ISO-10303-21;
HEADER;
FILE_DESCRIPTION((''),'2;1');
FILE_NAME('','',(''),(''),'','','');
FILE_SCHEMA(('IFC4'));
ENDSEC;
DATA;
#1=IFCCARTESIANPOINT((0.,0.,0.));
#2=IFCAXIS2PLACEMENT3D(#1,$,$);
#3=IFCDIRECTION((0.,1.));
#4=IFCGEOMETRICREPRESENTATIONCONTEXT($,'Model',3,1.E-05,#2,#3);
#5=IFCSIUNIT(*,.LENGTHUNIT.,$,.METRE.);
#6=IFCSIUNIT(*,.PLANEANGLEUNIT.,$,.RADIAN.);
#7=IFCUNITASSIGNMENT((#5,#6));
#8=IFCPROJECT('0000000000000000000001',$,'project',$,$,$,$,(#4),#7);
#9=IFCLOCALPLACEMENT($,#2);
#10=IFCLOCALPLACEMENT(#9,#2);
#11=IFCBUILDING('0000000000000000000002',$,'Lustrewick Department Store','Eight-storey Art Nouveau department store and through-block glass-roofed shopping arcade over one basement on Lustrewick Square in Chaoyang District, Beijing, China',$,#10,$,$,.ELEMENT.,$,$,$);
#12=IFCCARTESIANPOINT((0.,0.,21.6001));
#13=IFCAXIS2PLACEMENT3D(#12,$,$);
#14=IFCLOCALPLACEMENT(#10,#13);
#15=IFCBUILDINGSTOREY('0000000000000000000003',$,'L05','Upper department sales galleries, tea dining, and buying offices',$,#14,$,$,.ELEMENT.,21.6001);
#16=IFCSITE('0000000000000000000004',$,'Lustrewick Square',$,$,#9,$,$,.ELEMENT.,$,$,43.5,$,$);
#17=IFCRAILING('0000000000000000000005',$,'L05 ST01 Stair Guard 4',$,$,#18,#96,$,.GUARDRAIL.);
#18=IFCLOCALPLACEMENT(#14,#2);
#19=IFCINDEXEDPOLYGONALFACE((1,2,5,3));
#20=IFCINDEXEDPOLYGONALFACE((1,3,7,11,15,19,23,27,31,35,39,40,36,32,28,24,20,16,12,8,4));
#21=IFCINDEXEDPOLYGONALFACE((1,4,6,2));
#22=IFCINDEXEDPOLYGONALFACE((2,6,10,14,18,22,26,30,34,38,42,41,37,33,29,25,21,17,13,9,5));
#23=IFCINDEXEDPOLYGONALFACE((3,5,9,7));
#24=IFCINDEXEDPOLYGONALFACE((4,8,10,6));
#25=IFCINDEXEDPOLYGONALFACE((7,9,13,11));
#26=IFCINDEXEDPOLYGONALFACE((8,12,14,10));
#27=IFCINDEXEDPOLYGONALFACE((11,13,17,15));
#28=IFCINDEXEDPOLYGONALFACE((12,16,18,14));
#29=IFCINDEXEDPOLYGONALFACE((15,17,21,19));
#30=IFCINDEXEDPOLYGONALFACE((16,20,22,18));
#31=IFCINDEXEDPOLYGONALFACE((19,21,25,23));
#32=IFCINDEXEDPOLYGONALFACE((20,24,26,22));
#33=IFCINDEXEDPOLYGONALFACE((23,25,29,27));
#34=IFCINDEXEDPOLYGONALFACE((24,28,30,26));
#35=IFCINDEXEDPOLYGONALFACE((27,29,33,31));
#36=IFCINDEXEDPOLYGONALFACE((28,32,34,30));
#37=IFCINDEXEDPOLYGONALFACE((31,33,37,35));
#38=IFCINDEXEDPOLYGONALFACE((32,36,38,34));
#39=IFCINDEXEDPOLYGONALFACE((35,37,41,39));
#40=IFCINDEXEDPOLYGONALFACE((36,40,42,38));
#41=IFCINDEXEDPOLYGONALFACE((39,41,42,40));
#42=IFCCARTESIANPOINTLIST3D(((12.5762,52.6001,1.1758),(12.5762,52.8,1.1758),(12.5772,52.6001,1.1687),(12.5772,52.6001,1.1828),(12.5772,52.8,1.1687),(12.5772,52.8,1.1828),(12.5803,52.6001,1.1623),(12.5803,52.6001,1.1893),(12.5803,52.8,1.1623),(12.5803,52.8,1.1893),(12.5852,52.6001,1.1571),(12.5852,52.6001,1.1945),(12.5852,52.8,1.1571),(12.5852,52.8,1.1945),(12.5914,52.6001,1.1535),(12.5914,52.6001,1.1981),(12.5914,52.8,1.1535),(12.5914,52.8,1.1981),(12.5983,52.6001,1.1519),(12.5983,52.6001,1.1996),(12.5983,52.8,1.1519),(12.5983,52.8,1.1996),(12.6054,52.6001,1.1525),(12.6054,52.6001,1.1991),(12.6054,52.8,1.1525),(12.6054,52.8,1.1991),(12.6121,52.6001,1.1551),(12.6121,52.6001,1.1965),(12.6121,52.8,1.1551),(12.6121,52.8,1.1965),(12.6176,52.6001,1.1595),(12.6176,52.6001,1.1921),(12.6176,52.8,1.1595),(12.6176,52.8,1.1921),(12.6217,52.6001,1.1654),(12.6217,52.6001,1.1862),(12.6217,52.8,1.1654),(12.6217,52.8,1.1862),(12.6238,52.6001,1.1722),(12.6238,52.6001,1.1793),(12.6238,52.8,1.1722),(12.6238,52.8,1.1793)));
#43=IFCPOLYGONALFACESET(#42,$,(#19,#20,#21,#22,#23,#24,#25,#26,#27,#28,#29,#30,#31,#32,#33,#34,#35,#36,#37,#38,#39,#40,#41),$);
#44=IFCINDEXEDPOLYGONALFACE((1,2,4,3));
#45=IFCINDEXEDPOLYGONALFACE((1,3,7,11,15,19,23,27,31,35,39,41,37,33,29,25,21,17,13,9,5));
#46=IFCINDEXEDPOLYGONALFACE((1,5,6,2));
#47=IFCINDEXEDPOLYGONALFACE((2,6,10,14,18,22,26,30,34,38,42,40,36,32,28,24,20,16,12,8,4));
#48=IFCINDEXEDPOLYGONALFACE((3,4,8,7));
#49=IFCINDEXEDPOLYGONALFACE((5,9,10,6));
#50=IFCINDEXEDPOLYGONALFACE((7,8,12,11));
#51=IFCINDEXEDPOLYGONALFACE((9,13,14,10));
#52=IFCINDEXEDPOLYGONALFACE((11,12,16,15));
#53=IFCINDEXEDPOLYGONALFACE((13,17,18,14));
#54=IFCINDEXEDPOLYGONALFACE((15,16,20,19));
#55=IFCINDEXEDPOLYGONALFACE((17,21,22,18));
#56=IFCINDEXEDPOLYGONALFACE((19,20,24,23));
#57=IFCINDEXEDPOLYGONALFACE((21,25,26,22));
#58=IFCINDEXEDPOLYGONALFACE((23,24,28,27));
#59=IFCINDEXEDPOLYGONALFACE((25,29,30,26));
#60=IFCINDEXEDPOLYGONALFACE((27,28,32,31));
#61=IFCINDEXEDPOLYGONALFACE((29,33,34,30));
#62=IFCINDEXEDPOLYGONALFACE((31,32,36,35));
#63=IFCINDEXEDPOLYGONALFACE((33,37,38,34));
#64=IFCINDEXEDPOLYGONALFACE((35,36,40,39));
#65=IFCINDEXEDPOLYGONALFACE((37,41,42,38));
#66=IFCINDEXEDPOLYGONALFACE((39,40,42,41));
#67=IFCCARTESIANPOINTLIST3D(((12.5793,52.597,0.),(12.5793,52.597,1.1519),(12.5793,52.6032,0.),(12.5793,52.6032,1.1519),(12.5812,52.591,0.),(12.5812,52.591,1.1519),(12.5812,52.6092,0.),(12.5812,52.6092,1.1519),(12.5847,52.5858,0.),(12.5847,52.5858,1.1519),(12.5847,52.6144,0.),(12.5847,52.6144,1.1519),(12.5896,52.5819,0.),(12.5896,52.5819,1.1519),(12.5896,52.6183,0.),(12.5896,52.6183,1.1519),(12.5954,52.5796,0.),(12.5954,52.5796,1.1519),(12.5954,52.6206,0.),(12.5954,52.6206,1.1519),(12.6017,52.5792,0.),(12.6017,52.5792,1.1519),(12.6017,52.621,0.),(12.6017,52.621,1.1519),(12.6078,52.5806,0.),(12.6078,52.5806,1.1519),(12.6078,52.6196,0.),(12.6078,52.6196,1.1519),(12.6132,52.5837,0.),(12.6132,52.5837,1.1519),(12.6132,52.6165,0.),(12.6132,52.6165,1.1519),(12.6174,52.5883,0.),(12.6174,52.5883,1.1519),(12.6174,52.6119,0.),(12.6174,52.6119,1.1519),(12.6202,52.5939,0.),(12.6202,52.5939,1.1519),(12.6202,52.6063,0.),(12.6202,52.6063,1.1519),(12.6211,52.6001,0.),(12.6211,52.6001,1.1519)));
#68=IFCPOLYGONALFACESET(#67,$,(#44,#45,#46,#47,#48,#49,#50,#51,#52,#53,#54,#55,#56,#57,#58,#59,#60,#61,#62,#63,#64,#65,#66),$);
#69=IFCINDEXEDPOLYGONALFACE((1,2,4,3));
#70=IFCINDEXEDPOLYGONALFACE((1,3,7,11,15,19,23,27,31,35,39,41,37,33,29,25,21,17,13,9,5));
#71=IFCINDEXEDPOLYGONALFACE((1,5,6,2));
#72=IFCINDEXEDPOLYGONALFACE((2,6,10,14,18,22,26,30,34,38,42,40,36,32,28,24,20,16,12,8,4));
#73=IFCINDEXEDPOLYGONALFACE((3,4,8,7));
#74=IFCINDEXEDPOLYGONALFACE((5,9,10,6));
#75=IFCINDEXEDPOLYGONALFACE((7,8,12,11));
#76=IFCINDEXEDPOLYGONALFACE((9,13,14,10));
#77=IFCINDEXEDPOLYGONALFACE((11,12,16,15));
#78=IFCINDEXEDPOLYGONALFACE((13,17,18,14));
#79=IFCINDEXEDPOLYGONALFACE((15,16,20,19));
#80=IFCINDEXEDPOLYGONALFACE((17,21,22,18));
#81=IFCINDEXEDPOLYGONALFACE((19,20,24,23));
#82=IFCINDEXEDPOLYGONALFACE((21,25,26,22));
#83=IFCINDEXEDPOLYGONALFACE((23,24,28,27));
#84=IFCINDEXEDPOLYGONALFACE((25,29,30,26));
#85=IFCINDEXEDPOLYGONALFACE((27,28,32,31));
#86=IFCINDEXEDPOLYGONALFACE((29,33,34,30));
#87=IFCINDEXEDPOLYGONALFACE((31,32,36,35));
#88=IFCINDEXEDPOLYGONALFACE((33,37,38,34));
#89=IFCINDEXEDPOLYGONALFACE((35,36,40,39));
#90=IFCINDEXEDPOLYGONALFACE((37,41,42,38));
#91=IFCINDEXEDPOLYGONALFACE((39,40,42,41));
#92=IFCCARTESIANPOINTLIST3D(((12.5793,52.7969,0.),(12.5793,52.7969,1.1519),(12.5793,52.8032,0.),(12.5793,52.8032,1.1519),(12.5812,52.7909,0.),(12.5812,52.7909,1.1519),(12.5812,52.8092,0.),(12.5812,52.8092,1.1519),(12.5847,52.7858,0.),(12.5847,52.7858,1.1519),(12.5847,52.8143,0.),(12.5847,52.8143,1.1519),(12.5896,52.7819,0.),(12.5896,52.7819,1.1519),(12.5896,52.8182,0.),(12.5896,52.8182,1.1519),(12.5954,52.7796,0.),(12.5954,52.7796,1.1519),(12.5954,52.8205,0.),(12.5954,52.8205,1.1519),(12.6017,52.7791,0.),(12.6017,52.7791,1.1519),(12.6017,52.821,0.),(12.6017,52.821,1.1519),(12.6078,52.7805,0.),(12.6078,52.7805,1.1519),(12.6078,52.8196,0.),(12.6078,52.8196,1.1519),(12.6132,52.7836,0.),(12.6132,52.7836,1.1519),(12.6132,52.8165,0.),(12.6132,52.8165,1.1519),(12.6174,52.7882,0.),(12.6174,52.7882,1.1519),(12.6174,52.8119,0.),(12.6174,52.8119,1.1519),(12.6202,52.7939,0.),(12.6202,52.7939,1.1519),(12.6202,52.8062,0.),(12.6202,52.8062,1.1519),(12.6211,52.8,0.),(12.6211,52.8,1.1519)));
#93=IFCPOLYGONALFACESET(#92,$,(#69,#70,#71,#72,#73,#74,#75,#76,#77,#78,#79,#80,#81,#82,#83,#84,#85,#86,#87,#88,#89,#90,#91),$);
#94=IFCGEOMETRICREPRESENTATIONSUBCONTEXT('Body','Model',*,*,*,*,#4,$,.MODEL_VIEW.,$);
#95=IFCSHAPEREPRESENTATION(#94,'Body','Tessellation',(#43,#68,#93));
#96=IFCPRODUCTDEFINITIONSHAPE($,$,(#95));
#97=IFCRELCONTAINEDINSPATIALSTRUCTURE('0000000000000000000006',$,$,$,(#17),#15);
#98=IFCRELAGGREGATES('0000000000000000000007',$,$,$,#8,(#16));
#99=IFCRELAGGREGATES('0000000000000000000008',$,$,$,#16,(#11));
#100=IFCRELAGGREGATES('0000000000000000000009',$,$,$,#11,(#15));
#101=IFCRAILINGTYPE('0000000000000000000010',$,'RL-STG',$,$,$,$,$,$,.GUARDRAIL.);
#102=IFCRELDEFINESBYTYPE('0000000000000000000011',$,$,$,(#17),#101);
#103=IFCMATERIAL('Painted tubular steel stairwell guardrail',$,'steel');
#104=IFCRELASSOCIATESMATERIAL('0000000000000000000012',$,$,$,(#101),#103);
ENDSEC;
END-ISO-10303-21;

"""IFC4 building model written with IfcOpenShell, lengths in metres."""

from ifc_helpers import new_model, si_unit, direction, frame, origin, origin_2d, place, context, subcontext, project, spatial, circle, extrude, material, type_object, element, save


model = new_model("IFC4")

# Units and contexts
model_context = context("Model", 3, precision=1e-05, world=origin(), true_north=direction((0.0, 1.0)))
body_context = subcontext(model_context, "Body", "Model", "MODEL_VIEW")
ifc_project = project(units=[si_unit("LENGTHUNIT", "METRE"), si_unit("PLANEANGLEUNIT", "RADIAN")], contexts=[model_context])

# Site, building, storey
site_placement = place(None, origin())
site = spatial("IfcSite", under=ifc_project, at=site_placement, Name="Lustrewick Square", CompositionType="ELEMENT", RefElevation=43.5)
building_placement = place(site_placement, origin())
building = spatial("IfcBuilding", under=site, at=building_placement, Name="Lustrewick Department Store", Description="Eight-storey Art Nouveau department store and through-block glass-roofed shopping arcade over one basement on Lustrewick Square in Chaoyang District, Beijing, China", CompositionType="ELEMENT")
storey_placement = place(building_placement, frame((0.0, 0.0, 21.6001)))
storey = spatial("IfcBuildingStorey", under=building, at=storey_placement, Name="L05", Description="Upper department sales galleries, tea dining, and buying offices", CompositionType="ELEMENT", Elevation=21.6001)

# Railing
ifc_material_1 = material(Name="Painted tubular steel stairwell guardrail", Category="steel")
railing_type_1 = type_object("IfcRailingType", Name="RL-STG", PredefinedType="GUARDRAIL", material=ifc_material_1)
railing_1_placement = place(storey_placement, frame((12.6001, 52.6001, 0.0)))
element("IfcRailing", 1, at=railing_1_placement, inside=storey, type_object=railing_type_1, Name="L05 ST01 Stair Guard 4", PredefinedType="GUARDRAIL", context=body_context, shape_type="SweptSolid", body=[
    extrude(circle(Radius=0.0239, at=origin_2d()), frame((0.0, 0.0, 1.1758), z_axis=(0.0, 1.0, 0.0), x_axis=(-1.0, 0.0, 0.0)), (0.0, 0.0, 1.0), 0.2),
    extrude(circle(Radius=0.021, at=origin_2d()), origin(), (0.0, 0.0, 1.0), 1.1519),
    extrude(circle(Radius=0.021, at=origin_2d()), frame((0.0, 0.2, 0.0)), (0.0, 0.0, 1.0), 1.1519),
])

save(model, "model.ifc")
